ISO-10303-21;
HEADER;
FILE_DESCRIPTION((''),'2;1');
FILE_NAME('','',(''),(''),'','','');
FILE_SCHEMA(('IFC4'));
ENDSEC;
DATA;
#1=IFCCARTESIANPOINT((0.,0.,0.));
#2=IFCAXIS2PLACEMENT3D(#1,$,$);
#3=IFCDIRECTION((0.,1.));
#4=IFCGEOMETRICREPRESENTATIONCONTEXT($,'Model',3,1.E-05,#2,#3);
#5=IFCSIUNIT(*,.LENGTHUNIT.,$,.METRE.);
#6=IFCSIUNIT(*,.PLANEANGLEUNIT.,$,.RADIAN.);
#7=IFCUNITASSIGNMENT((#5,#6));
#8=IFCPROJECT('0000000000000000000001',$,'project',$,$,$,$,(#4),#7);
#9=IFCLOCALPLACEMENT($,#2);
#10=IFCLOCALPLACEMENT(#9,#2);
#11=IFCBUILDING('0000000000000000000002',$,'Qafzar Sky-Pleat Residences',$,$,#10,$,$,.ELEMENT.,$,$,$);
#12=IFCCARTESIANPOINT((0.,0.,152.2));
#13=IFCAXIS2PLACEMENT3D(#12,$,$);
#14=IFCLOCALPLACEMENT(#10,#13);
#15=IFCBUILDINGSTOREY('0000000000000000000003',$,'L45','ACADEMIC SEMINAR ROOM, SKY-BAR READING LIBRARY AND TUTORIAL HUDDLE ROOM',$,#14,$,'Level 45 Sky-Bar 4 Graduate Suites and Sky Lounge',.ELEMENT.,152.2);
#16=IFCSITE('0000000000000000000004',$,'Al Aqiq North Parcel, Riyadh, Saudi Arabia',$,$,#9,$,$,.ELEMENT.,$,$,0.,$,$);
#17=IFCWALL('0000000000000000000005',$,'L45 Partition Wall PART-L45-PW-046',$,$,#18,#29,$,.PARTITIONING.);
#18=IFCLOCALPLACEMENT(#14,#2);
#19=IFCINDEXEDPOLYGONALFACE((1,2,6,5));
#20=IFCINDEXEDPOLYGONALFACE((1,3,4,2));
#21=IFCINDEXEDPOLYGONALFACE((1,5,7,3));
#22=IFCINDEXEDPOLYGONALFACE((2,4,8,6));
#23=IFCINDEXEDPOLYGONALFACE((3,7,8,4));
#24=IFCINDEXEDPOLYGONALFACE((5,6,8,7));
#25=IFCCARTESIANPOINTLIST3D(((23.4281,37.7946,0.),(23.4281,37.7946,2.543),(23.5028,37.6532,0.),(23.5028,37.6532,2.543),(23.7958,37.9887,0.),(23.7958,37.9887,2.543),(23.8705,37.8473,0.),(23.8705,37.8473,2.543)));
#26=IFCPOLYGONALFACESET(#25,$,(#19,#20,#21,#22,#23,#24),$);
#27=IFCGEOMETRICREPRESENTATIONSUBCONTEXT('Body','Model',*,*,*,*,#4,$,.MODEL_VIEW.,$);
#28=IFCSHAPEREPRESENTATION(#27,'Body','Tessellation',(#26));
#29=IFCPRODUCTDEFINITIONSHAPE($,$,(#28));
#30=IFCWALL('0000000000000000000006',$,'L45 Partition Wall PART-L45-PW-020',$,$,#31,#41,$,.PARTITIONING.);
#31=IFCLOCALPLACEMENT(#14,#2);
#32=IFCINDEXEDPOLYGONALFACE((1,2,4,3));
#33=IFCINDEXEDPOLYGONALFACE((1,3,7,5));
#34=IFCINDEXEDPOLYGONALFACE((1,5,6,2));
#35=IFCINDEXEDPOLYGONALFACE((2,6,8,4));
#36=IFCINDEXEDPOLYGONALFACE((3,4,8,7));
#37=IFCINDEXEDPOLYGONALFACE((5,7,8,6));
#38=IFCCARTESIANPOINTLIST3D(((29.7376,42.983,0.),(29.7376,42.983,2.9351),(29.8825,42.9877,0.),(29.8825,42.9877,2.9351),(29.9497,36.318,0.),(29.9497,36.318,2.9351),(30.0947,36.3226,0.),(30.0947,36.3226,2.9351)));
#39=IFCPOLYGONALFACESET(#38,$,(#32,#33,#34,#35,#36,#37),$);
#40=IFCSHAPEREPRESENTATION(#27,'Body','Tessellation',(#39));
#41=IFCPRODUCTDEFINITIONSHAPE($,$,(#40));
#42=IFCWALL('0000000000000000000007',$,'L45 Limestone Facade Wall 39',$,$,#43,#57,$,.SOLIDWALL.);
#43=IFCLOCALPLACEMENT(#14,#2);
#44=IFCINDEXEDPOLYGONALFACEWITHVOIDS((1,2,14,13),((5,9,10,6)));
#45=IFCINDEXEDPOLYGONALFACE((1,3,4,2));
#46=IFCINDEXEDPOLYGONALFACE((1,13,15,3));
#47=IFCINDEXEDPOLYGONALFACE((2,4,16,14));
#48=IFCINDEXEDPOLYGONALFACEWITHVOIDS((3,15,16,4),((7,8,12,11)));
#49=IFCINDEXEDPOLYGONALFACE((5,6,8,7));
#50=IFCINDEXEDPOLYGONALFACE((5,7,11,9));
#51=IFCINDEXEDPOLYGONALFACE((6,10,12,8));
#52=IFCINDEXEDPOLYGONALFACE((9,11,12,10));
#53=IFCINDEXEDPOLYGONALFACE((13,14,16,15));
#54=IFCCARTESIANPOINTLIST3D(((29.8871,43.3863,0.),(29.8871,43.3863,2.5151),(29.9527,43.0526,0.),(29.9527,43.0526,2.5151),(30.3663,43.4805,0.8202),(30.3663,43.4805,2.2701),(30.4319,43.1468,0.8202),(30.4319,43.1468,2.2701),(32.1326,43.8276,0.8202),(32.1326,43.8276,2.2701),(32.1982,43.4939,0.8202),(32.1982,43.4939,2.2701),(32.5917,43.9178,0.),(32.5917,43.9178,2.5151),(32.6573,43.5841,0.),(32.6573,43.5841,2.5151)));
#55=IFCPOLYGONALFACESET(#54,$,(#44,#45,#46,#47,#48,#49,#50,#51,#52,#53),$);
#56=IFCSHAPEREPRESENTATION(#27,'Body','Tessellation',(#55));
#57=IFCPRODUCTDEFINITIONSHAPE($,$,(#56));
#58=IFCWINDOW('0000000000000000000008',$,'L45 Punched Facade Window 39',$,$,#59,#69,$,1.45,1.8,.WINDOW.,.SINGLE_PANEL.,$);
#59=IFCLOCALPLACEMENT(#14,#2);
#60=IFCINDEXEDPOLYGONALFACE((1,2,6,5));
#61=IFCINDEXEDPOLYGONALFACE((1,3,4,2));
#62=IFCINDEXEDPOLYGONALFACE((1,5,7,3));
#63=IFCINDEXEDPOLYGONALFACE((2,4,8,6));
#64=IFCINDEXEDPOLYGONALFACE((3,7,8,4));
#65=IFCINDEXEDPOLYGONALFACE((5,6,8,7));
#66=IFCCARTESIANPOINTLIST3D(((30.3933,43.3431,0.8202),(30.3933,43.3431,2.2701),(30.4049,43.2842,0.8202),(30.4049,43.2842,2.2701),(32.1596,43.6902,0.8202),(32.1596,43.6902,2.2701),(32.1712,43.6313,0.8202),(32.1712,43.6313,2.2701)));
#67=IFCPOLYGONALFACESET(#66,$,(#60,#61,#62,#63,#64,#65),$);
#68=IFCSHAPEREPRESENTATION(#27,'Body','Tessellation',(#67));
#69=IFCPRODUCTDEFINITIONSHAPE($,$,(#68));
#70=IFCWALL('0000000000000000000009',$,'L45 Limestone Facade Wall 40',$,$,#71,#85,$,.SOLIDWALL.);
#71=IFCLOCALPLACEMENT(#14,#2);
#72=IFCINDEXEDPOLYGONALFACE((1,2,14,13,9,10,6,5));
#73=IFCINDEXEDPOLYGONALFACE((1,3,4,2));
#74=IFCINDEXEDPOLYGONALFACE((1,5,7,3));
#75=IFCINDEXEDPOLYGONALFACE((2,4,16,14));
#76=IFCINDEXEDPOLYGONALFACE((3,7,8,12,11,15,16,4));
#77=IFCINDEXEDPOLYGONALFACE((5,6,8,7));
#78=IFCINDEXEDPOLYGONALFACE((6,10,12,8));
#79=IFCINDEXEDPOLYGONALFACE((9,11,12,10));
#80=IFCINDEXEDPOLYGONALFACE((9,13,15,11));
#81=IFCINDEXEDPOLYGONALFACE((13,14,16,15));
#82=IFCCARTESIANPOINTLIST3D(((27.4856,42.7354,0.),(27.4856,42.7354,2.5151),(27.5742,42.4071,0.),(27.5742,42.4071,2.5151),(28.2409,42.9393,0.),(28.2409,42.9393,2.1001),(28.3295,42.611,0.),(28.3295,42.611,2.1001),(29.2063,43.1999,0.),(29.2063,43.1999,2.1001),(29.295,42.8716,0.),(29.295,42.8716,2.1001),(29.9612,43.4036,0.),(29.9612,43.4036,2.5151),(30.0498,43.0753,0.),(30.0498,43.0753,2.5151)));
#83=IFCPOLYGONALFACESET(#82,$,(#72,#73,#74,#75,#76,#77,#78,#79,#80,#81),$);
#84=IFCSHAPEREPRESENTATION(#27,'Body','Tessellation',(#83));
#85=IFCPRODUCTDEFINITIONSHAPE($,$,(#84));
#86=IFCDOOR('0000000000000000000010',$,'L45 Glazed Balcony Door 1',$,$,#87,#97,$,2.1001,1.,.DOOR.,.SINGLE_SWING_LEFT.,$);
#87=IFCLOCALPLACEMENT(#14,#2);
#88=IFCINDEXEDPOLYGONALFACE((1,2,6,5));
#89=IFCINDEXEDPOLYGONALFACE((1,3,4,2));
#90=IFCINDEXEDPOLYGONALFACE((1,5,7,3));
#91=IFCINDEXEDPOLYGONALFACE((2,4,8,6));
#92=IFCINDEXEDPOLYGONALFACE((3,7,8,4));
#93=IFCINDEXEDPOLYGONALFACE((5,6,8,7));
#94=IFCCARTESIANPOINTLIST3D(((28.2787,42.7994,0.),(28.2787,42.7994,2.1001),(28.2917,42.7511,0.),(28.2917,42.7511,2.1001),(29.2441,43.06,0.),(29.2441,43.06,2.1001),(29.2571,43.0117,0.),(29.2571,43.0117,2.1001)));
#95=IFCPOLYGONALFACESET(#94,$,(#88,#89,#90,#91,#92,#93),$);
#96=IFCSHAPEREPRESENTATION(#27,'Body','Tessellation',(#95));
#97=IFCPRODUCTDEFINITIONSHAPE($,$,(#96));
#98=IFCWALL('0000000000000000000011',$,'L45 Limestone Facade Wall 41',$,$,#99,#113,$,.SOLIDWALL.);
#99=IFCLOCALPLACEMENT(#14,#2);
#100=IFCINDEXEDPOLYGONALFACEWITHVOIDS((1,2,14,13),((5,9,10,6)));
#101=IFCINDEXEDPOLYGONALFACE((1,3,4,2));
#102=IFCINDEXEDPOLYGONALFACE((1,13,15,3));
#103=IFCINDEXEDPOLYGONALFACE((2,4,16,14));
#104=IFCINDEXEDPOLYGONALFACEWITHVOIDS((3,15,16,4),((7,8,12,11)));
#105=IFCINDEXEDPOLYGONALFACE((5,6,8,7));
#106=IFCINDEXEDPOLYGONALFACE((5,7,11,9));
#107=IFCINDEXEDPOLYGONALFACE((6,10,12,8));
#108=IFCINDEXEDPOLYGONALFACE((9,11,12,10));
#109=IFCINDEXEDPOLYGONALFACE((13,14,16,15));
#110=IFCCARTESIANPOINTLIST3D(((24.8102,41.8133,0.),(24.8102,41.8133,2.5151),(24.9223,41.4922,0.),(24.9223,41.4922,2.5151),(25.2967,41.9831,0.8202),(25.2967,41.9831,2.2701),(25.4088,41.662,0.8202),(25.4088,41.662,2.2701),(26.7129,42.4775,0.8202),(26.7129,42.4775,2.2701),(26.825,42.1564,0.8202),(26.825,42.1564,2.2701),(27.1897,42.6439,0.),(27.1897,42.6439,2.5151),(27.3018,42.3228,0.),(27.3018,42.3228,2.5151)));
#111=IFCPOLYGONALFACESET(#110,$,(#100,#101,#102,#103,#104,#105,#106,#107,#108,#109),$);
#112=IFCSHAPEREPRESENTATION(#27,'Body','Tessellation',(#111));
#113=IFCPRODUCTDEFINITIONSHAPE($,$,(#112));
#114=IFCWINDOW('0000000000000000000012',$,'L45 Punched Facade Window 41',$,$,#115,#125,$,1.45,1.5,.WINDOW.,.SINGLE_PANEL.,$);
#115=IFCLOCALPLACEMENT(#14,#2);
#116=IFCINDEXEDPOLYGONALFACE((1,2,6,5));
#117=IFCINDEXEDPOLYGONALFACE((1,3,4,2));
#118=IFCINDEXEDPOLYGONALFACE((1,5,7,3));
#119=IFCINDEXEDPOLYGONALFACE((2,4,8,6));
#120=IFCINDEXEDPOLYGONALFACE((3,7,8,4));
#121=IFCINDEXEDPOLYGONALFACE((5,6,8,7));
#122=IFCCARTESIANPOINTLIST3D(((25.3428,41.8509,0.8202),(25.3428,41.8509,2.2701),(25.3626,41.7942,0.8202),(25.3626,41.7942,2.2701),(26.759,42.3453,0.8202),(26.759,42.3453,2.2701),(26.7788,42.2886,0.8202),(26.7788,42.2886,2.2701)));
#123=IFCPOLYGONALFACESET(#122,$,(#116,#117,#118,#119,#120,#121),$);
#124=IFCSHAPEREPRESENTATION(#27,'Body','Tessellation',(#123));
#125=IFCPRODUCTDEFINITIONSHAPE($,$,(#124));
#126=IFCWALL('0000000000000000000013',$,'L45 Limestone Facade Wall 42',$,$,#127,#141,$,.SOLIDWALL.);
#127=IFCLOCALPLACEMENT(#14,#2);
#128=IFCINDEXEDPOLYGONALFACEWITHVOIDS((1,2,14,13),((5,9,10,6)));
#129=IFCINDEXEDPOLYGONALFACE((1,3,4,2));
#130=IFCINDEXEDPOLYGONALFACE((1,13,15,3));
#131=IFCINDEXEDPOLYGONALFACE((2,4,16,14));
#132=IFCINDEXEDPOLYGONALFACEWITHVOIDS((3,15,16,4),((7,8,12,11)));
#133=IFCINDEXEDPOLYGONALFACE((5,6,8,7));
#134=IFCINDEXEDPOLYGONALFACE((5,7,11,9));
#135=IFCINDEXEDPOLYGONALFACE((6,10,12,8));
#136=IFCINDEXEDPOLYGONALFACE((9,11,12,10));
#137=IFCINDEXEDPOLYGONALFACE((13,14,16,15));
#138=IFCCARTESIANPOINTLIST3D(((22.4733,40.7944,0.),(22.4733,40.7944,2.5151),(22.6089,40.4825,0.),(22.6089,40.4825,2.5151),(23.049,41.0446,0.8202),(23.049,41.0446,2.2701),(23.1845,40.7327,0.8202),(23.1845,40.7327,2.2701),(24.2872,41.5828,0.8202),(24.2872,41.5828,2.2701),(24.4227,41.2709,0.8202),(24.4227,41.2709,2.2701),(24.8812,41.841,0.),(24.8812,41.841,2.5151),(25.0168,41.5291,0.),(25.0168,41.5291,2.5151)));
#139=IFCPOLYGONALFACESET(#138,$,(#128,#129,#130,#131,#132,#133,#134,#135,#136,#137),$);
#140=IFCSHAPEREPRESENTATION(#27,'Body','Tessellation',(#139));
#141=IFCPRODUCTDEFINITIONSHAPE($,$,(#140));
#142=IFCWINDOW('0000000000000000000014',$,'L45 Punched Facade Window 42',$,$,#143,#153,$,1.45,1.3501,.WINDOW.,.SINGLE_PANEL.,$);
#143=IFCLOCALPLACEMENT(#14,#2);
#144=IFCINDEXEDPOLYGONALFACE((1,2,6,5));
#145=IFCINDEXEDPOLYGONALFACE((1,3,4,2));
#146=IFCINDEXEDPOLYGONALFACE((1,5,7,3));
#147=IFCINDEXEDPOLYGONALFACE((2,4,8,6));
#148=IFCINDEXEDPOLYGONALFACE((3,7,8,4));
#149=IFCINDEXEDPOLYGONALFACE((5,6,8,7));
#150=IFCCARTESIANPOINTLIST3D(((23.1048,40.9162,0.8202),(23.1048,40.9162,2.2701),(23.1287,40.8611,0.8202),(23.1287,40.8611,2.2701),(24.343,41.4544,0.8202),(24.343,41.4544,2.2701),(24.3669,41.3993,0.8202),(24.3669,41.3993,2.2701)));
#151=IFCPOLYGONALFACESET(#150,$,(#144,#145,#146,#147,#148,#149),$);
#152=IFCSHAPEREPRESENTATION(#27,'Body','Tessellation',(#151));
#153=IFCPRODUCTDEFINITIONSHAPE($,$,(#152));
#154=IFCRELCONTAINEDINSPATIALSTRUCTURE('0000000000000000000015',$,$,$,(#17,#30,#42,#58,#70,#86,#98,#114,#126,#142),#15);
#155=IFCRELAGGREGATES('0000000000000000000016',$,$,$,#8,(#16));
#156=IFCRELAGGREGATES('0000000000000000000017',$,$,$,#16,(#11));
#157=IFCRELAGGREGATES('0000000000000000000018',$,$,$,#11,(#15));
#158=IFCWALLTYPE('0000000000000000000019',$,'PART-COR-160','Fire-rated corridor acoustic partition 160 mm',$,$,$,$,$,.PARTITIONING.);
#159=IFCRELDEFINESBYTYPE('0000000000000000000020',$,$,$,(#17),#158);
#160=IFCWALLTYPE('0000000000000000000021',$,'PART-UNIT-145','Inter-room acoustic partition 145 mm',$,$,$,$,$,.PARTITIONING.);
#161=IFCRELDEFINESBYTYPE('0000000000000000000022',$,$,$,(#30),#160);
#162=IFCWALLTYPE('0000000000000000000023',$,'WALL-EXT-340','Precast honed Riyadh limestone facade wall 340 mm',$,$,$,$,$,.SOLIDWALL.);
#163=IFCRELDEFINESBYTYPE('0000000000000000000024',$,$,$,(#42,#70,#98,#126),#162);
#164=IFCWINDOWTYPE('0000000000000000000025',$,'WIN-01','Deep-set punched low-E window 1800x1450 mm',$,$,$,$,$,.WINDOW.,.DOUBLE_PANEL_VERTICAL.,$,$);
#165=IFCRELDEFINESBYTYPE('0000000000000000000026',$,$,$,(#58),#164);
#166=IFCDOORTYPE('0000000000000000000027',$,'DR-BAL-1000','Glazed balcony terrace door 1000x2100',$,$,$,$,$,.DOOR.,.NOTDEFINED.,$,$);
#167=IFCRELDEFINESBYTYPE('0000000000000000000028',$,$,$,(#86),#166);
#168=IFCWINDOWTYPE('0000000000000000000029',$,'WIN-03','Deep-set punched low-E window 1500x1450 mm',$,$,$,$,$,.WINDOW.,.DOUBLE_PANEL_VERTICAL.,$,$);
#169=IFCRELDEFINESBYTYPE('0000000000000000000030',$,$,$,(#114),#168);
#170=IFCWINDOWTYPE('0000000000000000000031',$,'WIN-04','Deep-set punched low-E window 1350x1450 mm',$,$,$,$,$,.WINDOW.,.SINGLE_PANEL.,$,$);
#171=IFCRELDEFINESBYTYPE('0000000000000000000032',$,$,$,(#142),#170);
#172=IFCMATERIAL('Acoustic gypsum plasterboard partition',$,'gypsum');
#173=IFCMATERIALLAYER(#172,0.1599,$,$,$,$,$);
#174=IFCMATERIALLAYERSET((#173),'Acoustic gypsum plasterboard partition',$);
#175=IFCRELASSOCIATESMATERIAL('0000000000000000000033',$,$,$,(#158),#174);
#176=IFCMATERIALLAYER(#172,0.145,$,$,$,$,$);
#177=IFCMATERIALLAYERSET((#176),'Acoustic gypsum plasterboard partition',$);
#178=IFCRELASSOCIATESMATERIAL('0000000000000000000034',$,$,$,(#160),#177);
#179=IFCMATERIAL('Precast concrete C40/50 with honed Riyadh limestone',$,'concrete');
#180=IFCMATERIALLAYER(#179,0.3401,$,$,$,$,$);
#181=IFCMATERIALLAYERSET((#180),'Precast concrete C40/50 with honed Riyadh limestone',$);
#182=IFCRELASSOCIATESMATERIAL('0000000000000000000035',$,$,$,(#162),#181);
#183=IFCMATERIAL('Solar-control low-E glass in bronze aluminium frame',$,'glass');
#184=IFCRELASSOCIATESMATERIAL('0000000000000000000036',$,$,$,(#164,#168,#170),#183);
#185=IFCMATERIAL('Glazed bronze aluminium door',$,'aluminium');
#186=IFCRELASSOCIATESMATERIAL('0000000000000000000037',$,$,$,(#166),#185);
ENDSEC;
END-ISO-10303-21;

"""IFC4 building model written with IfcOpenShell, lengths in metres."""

from ifc_helpers import new_model, si_unit, direction, frame, frame_2d, origin, place, context, subcontext, project, spatial, rectangle, extrude, source, transform, mapped, material, layer, layer_set, type_object, element, fill, save


model = new_model("IFC4")

# Units and contexts
model_context = context("Model", 3, precision=1e-05, world=origin(), true_north=direction((0.0, 1.0)))
body_context = subcontext(model_context, "Body", "Model", "MODEL_VIEW")
ifc_project = project(units=[si_unit("LENGTHUNIT", "METRE"), si_unit("PLANEANGLEUNIT", "RADIAN")], contexts=[model_context])

# Site, building, storey
site_placement = place(None, origin())
site = spatial("IfcSite", under=ifc_project, at=site_placement, Name="Al Aqiq North Parcel, Riyadh, Saudi Arabia", CompositionType="ELEMENT", RefElevation=0.0)
building_placement = place(site_placement, origin())
building = spatial("IfcBuilding", under=site, at=building_placement, Name="Qafzar Sky-Pleat Residences", CompositionType="ELEMENT")
storey_placement = place(building_placement, frame((0.0, 0.0, 152.2)))
storey = spatial("IfcBuildingStorey", under=building, at=storey_placement, Name="L45", Description="ACADEMIC SEMINAR ROOM, SKY-BAR READING LIBRARY AND TUTORIAL HUDDLE ROOM", LongName="Level 45 Sky-Bar 4 Graduate Suites and Sky Lounge", CompositionType="ELEMENT", Elevation=152.2)

# Shared definitions
ifc_material_1 = material(Name="Acoustic gypsum plasterboard partition", Category="gypsum")
ifc_layer_1 = layer(ifc_material_1, 0.1599)
ifc_layer_set_1 = layer_set([ifc_layer_1], Name="Acoustic gypsum plasterboard partition")
wall_type_1 = type_object("IfcWallType", Name="PART-COR-160", Description="Fire-rated corridor acoustic partition 160 mm", PredefinedType="PARTITIONING", material=ifc_layer_set_1)

# Walls
wall_1_placement = place(storey_placement, frame((23.4653, 37.7239, 0.0), z_axis=(0.0, 0.0, 1.0), x_axis=(0.884344, 0.466835, 0.0)))
element("IfcWall", 1, at=wall_1_placement, inside=storey, type_object=wall_type_1, Name="L45 Partition Wall PART-L45-PW-046", PredefinedType="PARTITIONING", context=body_context, shape_type="SweptSolid", body=[
    extrude(rectangle(XDim=0.4158, YDim=0.1599, at=frame_2d((0.208, 0.0))), origin(), (0.0, 0.0, 1.0), 2.543),
])
ifc_layer_2 = layer(ifc_material_1, 0.145)
ifc_layer_set_2 = layer_set([ifc_layer_2], Name="Acoustic gypsum plasterboard partition")
wall_type_2 = type_object("IfcWallType", Name="PART-UNIT-145", Description="Inter-room acoustic partition 145 mm", PredefinedType="PARTITIONING", material=ifc_layer_set_2)
wall_2_placement = place(storey_placement, frame((29.8101, 42.9854, 0.0), z_axis=(0.0, 0.0, 1.0), x_axis=(0.031815, -0.999494, 0.0)))
element("IfcWall", 2, at=wall_2_placement, inside=storey, type_object=wall_type_2, Name="L45 Partition Wall PART-L45-PW-020", PredefinedType="PARTITIONING", context=body_context, shape_type="SweptSolid", body=[
    extrude(rectangle(XDim=6.6685, YDim=0.145, at=frame_2d((3.3342, 0.0))), origin(), (0.0, 0.0, 1.0), 2.9351),
])

# Wall, opening, window
ifc_material_2 = material(Name="Precast concrete C40/50 with honed Riyadh limestone", Category="concrete")
ifc_layer_3 = layer(ifc_material_2, 0.3401)
ifc_layer_set_3 = layer_set([ifc_layer_3], Name="Precast concrete C40/50 with honed Riyadh limestone")
wall_type_3 = type_object("IfcWallType", Name="WALL-EXT-340", Description="Precast honed Riyadh limestone facade wall 340 mm", PredefinedType="SOLIDWALL", material=ifc_layer_set_3)
wall_3_placement = place(storey_placement, frame((32.6245, 43.751, 0.0), z_axis=(0.0, 0.0, 1.0), x_axis=(-0.981233, -0.192828, 0.0)))
wall_3 = element("IfcWall", 3, at=wall_3_placement, inside=storey, type_object=wall_type_3, Name="L45 Limestone Facade Wall 39", PredefinedType="SOLIDWALL", context=body_context, shape_type="SweptSolid", body=[
    extrude(rectangle(XDim=2.7563, YDim=0.3401, at=frame_2d((1.3782, 0.0))), origin(), (0.0, 0.0, 1.0), 2.5151),
])
opening_1_placement = place(wall_3_placement, frame((0.468, 0.0, 0.8201)))
opening_1 = element("IfcOpeningElement", 4, at=opening_1_placement, cuts=wall_3, PredefinedType="OPENING", context=body_context, shape_type="SweptSolid", body=[
    extrude(rectangle(XDim=1.8, YDim=1.45, at=frame_2d((0.8999, 0.7251))), frame((0.0, 0.1802, 0.0), z_axis=(0.0, -1.0, 0.0), x_axis=(1.0, 0.0, 0.0)), (0.0, 0.0, 1.0), 0.3601),
])
ifc_material_3 = material(Name="Solar-control low-E glass in bronze aluminium frame", Category="glass")
window_type_1 = type_object("IfcWindowType", Name="WIN-01", Description="Deep-set punched low-E window 1800x1450 mm", PartitioningType="DOUBLE_PANEL_VERTICAL", PredefinedType="WINDOW", material=ifc_material_3)
shared_shape_1 = source(origin(), body_context, "Body", "SweptSolid", [
    extrude(rectangle(XDim=1.8, YDim=1.45, at=frame_2d((0.8999, 0.7251))), frame((0.0, 0.03, 0.0), z_axis=(0.0, -1.0, 0.0), x_axis=(1.0, 0.0, 0.0)), (0.0, 0.0, 1.0), 0.0601),
])
window_1_placement = place(opening_1_placement, origin())
window_1 = element("IfcWindow", 5, at=window_1_placement, inside=storey, type_object=window_type_1, Name="L45 Punched Facade Window 39", OverallHeight=1.45, OverallWidth=1.8, PartitioningType="SINGLE_PANEL", PredefinedType="WINDOW", context=body_context, shape_type="MappedRepresentation", body=[
    mapped(shared_shape_1, transform((0.0, 0.0, 0.0), x_axis=(1.0, 0.0, 0.0), y_axis=(0.0, 1.0, 0.0), z_axis=(0.0, 0.0, 1.0), scale=1.0)),
])
fill(opening_1, window_1)

# Wall, opening, door
wall_4_placement = place(storey_placement, frame((30.0056, 43.2395, 0.0), z_axis=(0.0, 0.0, 1.0), x_axis=(-0.965448, -0.260595, 0.0)))
wall_4 = element("IfcWall", 6, at=wall_4_placement, inside=storey, type_object=wall_type_3, Name="L45 Limestone Facade Wall 40", PredefinedType="SOLIDWALL", context=body_context, shape_type="SweptSolid", body=[
    extrude(rectangle(XDim=2.5642, YDim=0.3401, at=frame_2d((1.2822, 0.0))), origin(), (0.0, 0.0, 1.0), 2.5151),
])
opening_2_placement = place(wall_4_placement, frame((0.782, 0.0, 0.0)))
opening_2 = element("IfcOpeningElement", 7, at=opening_2_placement, cuts=wall_4, PredefinedType="OPENING", context=body_context, shape_type="SweptSolid", body=[
    extrude(rectangle(XDim=1.0, YDim=2.1001, at=frame_2d((0.5, 1.05))), frame((0.0, 0.1802, 0.0), z_axis=(0.0, -1.0, 0.0), x_axis=(1.0, 0.0, 0.0)), (0.0, 0.0, 1.0), 0.3601),
])
ifc_material_4 = material(Name="Glazed bronze aluminium door", Category="aluminium")
door_type_1 = type_object("IfcDoorType", Name="DR-BAL-1000", Description="Glazed balcony terrace door 1000x2100", OperationType="NOTDEFINED", PredefinedType="DOOR", material=ifc_material_4)
shared_shape_2 = source(origin(), body_context, "Body", "SweptSolid", [
    extrude(rectangle(XDim=1.0, YDim=2.1001, at=frame_2d((0.5, 1.05))), frame((0.0, 0.0249, 0.0), z_axis=(0.0, -1.0, 0.0), x_axis=(1.0, 0.0, 0.0)), (0.0, 0.0, 1.0), 0.05),
])
door_1_placement = place(opening_2_placement, origin())
door_1 = element("IfcDoor", 8, at=door_1_placement, inside=storey, type_object=door_type_1, Name="L45 Glazed Balcony Door 1", OperationType="SINGLE_SWING_LEFT", OverallHeight=2.1001, OverallWidth=1.0, PredefinedType="DOOR", context=body_context, shape_type="MappedRepresentation", body=[
    mapped(shared_shape_2, transform((0.0, 0.0, 0.0), x_axis=(1.0, 0.0, 0.0), y_axis=(0.0, 1.0, 0.0), z_axis=(0.0, 0.0, 1.0), scale=1.0)),
])
fill(opening_2, door_1)

# Walls, openings, windows
wall_5_placement = place(storey_placement, frame((27.2458, 42.4834, 0.0), z_axis=(0.0, 0.0, 1.0), x_axis=(-0.944133, -0.329565, 0.0)))
wall_5 = element("IfcWall", 9, at=wall_5_placement, inside=storey, type_object=wall_type_3, Name="L45 Limestone Facade Wall 41", PredefinedType="SOLIDWALL", context=body_context, shape_type="SweptSolid", body=[
    extrude(rectangle(XDim=2.5203, YDim=0.3401, at=frame_2d((1.2603, 0.0))), origin(), (0.0, 0.0, 1.0), 2.5151),
])
opening_3_placement = place(wall_5_placement, frame((0.5051, 0.0, 0.8201)))
opening_3 = element("IfcOpeningElement", 10, at=opening_3_placement, cuts=wall_5, PredefinedType="OPENING", context=body_context, shape_type="SweptSolid", body=[
    extrude(rectangle(XDim=1.5, YDim=1.45, at=frame_2d((0.75, 0.7251))), frame((0.0, 0.1802, 0.0), z_axis=(0.0, -1.0, 0.0), x_axis=(1.0, 0.0, 0.0)), (0.0, 0.0, 1.0), 0.3601),
])
window_type_2 = type_object("IfcWindowType", Name="WIN-03", Description="Deep-set punched low-E window 1500x1450 mm", PartitioningType="DOUBLE_PANEL_VERTICAL", PredefinedType="WINDOW", material=ifc_material_3)
shared_shape_3 = source(origin(), body_context, "Body", "SweptSolid", [
    extrude(rectangle(XDim=1.5, YDim=1.45, at=frame_2d((0.75, 0.7251))), frame((0.0, 0.03, 0.0), z_axis=(0.0, -1.0, 0.0), x_axis=(1.0, 0.0, 0.0)), (0.0, 0.0, 1.0), 0.0601),
])
window_2_placement = place(opening_3_placement, origin())
window_2 = element("IfcWindow", 11, at=window_2_placement, inside=storey, type_object=window_type_2, Name="L45 Punched Facade Window 41", OverallHeight=1.45, OverallWidth=1.5, PartitioningType="SINGLE_PANEL", PredefinedType="WINDOW", context=body_context, shape_type="MappedRepresentation", body=[
    mapped(shared_shape_3, transform((0.0, 0.0, 0.0), x_axis=(1.0, 0.0, 0.0), y_axis=(0.0, 1.0, 0.0), z_axis=(0.0, 0.0, 1.0), scale=1.0)),
])
fill(opening_3, window_2)
wall_6_placement = place(storey_placement, frame((24.949, 41.6851, 0.0), z_axis=(0.0, 0.0, 1.0), x_axis=(-0.917113, -0.398628, 0.0)))
wall_6 = element("IfcWall", 12, at=wall_6_placement, inside=storey, type_object=wall_type_3, Name="L45 Limestone Facade Wall 42", PredefinedType="SOLIDWALL", context=body_context, shape_type="SweptSolid", body=[
    extrude(rectangle(XDim=2.6255, YDim=0.3401, at=frame_2d((1.3127, 0.0))), origin(), (0.0, 0.0, 1.0), 2.5151),
])
opening_4_placement = place(wall_6_placement, frame((0.6477, 0.0, 0.8201)))
opening_4 = element("IfcOpeningElement", 13, at=opening_4_placement, cuts=wall_6, PredefinedType="OPENING", context=body_context, shape_type="SweptSolid", body=[
    extrude(rectangle(XDim=1.3501, YDim=1.45, at=frame_2d((0.675, 0.7251))), frame((0.0, 0.1802, 0.0), z_axis=(0.0, -1.0, 0.0), x_axis=(1.0, 0.0, 0.0)), (0.0, 0.0, 1.0), 0.3601),
])
window_type_3 = type_object("IfcWindowType", Name="WIN-04", Description="Deep-set punched low-E window 1350x1450 mm", PartitioningType="SINGLE_PANEL", PredefinedType="WINDOW", material=ifc_material_3)
shared_shape_4 = source(origin(), body_context, "Body", "SweptSolid", [
    extrude(rectangle(XDim=1.3501, YDim=1.45, at=frame_2d((0.675, 0.7251))), frame((0.0, 0.03, 0.0), z_axis=(0.0, -1.0, 0.0), x_axis=(1.0, 0.0, 0.0)), (0.0, 0.0, 1.0), 0.0601),
])
window_3_placement = place(opening_4_placement, origin())
window_3 = element("IfcWindow", 14, at=window_3_placement, inside=storey, type_object=window_type_3, Name="L45 Punched Facade Window 42", OverallHeight=1.45, OverallWidth=1.3501, PartitioningType="SINGLE_PANEL", PredefinedType="WINDOW", context=body_context, shape_type="MappedRepresentation", body=[
    mapped(shared_shape_4, transform((0.0, 0.0, 0.0), x_axis=(1.0, 0.0, 0.0), y_axis=(0.0, 1.0, 0.0), z_axis=(0.0, 0.0, 1.0), scale=1.0)),
])
fill(opening_4, window_3)

save(model, "model.ifc")
